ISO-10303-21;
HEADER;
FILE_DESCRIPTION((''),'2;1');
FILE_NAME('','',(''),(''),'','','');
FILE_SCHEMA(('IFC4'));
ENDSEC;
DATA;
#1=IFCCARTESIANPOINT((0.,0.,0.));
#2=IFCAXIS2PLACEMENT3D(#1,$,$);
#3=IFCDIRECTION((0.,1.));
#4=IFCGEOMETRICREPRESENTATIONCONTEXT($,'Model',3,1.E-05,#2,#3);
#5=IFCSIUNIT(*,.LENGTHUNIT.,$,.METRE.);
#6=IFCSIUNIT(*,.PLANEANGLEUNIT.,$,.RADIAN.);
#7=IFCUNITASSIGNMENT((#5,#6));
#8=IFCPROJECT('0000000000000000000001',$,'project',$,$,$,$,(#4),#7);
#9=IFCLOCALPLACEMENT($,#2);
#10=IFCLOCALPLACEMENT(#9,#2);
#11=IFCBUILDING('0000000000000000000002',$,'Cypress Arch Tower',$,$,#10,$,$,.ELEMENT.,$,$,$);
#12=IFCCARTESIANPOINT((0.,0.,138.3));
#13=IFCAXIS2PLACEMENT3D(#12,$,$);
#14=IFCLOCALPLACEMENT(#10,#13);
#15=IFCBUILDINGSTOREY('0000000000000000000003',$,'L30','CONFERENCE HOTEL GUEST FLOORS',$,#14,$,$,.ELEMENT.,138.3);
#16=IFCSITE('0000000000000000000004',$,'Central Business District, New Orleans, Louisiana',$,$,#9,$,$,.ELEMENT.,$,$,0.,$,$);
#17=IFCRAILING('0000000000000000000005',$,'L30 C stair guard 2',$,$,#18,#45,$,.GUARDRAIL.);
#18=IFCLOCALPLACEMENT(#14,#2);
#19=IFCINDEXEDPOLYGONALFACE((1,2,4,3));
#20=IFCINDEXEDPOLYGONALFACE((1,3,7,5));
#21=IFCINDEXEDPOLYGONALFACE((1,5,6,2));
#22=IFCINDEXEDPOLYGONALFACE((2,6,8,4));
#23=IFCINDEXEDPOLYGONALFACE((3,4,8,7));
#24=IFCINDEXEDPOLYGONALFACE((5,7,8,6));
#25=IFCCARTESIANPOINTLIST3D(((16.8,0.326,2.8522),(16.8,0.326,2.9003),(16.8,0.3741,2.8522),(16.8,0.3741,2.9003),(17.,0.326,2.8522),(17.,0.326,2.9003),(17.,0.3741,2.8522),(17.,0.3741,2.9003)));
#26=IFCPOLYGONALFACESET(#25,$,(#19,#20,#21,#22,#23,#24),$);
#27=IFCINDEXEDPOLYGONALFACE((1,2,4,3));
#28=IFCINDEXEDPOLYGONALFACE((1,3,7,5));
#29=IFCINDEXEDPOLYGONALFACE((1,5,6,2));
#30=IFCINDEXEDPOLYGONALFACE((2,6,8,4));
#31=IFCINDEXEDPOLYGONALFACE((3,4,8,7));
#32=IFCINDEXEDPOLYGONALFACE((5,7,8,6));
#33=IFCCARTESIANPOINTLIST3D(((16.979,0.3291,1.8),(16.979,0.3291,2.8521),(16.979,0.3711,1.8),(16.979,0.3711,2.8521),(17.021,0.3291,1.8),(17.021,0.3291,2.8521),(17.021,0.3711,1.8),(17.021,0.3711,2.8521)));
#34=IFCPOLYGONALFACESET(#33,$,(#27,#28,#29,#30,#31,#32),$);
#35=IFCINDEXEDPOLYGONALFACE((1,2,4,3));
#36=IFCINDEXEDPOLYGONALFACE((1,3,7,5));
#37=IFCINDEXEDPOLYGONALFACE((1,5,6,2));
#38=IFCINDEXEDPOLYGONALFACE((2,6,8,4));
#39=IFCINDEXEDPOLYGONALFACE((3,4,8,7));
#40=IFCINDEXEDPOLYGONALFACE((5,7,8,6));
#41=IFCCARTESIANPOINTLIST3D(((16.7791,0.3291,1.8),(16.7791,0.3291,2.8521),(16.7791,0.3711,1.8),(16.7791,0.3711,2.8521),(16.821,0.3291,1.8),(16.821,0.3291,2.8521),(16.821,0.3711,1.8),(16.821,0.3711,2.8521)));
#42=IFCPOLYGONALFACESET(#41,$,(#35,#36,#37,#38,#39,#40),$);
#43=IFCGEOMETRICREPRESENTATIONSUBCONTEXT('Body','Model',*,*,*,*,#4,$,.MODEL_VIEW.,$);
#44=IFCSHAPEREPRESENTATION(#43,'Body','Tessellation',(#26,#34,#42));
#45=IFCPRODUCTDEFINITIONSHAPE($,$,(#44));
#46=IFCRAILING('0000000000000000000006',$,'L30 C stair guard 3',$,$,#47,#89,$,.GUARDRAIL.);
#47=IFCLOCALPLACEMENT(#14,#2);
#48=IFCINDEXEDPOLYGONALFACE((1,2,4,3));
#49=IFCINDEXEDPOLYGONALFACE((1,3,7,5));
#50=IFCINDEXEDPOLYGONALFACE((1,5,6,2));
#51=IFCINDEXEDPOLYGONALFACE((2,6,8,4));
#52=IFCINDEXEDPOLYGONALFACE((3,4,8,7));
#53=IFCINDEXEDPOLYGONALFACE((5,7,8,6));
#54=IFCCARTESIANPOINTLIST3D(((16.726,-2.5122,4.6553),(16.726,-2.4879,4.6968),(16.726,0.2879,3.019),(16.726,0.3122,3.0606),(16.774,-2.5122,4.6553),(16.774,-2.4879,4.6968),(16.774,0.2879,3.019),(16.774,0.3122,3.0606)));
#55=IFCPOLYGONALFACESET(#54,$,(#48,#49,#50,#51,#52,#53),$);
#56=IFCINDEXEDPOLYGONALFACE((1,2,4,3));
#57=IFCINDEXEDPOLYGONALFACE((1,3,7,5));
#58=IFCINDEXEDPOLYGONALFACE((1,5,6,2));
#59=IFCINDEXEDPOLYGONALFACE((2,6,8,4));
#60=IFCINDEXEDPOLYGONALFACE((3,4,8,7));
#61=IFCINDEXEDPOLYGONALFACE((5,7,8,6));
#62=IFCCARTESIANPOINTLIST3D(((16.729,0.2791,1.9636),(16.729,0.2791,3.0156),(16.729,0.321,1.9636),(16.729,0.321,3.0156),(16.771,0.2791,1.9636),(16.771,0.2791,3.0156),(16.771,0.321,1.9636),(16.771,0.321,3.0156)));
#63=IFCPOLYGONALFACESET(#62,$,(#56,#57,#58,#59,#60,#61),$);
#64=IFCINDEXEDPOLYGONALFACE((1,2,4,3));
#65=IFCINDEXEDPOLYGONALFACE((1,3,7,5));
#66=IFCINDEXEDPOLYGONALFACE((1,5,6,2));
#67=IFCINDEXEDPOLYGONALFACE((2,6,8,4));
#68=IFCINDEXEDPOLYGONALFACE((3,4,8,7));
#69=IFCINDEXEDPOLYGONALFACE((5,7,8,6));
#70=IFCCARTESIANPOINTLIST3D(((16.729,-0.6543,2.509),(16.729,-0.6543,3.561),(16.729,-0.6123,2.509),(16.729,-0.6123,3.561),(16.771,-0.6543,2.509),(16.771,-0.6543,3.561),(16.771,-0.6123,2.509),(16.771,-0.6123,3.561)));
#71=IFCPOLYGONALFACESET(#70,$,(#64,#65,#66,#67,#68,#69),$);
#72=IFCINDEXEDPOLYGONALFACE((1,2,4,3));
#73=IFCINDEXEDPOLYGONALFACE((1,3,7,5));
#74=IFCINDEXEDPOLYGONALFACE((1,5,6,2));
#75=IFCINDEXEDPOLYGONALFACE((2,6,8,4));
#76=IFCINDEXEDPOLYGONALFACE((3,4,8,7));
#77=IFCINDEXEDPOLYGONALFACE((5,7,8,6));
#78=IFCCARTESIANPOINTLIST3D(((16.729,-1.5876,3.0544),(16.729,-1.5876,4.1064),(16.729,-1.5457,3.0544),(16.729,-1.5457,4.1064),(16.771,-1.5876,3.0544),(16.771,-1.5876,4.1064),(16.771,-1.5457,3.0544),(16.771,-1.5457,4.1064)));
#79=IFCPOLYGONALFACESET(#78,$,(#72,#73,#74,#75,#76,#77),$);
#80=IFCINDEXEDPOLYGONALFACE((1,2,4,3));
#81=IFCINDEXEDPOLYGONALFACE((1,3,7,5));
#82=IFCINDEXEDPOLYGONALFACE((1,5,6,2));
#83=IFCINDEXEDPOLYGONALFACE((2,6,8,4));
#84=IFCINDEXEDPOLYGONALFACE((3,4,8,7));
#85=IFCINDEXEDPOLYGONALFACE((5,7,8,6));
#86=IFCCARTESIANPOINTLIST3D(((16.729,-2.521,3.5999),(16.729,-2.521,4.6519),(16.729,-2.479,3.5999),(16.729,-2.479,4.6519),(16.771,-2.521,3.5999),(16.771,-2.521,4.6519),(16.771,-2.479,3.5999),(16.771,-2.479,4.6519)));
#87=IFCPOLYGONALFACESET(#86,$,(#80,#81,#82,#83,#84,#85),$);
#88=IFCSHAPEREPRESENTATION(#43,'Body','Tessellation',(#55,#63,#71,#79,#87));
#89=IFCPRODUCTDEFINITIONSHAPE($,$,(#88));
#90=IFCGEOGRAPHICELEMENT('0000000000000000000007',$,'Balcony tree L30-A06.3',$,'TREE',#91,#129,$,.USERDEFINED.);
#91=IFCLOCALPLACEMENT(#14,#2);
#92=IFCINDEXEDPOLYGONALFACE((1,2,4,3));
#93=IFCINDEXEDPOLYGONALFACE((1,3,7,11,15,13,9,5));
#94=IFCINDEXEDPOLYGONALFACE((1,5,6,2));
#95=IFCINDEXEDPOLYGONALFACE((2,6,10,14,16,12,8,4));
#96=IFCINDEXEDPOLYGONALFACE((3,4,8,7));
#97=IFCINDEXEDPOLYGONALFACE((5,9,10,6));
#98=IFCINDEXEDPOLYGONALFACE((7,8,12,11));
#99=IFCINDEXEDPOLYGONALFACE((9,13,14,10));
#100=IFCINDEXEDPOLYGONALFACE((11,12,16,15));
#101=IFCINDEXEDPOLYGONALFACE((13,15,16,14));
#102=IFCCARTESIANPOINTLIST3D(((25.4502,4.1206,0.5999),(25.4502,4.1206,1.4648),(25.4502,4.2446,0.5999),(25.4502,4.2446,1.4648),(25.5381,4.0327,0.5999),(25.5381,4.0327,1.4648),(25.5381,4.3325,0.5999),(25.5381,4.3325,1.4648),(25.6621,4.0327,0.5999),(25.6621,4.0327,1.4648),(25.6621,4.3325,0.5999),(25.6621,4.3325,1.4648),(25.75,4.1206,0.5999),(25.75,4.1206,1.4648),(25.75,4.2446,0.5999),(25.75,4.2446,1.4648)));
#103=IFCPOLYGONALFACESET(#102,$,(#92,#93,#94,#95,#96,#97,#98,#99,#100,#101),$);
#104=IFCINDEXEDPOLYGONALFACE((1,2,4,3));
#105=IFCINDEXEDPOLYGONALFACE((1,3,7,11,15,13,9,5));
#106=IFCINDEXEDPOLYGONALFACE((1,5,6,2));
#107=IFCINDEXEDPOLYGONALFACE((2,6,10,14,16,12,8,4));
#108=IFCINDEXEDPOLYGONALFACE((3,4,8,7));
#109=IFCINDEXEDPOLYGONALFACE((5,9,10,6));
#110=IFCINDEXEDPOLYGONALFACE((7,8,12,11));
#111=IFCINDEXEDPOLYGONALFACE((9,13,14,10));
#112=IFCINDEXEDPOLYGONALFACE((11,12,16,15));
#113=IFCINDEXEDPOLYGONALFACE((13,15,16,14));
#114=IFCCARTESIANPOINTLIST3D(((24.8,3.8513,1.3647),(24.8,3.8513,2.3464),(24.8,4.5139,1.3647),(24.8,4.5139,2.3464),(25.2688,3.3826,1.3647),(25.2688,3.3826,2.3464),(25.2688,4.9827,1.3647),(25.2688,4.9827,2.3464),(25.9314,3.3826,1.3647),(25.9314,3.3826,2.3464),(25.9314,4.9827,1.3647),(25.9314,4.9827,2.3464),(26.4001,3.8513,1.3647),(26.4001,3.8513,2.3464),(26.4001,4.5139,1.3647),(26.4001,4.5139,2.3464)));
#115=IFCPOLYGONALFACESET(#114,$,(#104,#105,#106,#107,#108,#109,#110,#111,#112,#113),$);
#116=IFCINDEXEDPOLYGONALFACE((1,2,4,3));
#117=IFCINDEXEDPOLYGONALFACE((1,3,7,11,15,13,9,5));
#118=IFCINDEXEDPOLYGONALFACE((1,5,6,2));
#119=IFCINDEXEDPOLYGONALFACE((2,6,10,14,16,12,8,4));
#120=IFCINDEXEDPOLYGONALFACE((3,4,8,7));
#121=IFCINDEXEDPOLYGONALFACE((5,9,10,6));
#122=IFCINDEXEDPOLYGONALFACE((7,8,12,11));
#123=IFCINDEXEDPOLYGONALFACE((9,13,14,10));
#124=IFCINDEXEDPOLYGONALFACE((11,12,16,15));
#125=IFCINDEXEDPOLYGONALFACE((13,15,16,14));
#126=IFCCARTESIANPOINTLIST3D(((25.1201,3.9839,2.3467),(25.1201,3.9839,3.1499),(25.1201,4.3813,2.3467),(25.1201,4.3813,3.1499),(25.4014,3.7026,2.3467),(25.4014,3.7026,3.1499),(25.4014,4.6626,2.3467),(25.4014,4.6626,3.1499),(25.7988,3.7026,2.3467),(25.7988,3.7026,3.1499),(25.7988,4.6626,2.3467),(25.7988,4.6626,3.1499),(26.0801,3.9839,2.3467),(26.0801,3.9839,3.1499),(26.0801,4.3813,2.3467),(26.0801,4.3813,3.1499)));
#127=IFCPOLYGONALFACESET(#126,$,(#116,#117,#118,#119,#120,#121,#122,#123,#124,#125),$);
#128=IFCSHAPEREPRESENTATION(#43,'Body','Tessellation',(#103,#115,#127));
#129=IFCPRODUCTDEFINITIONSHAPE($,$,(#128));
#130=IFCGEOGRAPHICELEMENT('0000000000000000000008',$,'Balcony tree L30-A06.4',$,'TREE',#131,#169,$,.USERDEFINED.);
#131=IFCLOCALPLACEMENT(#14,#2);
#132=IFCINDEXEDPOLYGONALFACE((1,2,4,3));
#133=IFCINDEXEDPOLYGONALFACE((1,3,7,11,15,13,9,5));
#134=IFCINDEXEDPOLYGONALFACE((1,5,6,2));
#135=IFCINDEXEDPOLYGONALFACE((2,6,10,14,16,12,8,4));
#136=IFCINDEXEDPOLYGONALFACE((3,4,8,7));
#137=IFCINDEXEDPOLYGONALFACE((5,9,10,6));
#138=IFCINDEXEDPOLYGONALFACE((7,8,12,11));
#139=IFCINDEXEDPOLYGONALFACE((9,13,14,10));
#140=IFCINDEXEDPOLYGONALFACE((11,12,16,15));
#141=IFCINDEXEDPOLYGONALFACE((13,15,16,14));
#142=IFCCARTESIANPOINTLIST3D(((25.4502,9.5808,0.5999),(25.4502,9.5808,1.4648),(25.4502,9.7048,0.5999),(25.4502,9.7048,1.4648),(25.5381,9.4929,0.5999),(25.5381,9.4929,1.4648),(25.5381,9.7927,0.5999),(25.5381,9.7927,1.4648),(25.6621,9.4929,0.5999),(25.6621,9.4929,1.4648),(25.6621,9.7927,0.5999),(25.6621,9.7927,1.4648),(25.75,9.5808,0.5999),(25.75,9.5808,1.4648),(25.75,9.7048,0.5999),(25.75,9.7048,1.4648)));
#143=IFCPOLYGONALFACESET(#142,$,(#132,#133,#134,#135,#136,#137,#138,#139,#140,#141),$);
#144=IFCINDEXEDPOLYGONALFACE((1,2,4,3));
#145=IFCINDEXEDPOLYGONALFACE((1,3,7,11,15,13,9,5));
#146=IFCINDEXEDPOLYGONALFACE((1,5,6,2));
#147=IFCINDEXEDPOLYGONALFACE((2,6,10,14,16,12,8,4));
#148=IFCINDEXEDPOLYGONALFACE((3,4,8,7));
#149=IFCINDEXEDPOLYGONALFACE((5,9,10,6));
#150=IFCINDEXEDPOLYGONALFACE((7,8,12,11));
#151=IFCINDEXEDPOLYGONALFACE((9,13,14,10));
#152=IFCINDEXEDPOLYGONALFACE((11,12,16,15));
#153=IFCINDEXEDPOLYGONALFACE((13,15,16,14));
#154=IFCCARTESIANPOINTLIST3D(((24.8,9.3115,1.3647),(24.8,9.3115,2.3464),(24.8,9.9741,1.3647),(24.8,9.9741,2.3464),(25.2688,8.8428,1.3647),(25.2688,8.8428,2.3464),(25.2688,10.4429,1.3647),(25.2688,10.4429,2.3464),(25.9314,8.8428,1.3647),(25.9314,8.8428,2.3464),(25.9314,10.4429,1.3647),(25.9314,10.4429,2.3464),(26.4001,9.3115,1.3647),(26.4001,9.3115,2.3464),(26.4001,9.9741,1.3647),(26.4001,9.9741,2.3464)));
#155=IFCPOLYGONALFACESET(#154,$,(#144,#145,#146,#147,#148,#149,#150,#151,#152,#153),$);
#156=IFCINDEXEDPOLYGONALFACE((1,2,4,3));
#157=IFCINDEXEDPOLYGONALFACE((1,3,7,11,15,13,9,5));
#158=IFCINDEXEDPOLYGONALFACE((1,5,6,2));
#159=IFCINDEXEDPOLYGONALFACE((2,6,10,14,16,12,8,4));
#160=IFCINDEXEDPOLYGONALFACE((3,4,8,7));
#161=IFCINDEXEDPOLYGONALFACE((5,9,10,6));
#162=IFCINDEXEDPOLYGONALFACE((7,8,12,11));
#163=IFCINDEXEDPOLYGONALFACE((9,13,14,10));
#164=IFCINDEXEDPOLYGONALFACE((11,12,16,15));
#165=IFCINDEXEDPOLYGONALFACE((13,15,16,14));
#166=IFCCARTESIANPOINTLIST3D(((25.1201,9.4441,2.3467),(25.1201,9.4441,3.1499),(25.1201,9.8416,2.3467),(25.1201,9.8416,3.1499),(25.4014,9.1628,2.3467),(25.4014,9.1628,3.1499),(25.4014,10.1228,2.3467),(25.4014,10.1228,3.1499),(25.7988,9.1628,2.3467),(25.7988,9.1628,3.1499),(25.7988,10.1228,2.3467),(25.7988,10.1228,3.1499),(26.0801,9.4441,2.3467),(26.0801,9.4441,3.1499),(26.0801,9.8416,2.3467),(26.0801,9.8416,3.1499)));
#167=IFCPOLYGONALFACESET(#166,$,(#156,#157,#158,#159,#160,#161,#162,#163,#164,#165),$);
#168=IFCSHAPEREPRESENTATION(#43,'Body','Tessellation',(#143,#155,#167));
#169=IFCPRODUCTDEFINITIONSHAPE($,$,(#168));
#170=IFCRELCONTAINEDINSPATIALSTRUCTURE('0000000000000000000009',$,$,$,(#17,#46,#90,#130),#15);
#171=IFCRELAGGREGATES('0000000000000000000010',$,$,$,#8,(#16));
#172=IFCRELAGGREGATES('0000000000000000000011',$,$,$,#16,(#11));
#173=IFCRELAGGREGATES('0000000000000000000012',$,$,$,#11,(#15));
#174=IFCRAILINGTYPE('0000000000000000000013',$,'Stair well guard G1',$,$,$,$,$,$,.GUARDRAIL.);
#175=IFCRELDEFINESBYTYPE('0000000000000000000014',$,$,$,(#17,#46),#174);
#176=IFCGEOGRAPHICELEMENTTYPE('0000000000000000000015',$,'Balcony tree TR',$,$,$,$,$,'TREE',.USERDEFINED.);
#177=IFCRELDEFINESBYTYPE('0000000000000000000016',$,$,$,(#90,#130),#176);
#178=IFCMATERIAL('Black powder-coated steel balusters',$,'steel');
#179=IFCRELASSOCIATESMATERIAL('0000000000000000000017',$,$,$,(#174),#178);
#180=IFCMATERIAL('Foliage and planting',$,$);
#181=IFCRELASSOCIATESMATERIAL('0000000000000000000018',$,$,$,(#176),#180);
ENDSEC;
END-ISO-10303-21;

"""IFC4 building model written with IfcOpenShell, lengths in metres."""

from ifc_helpers import new_model, si_unit, direction, frame, origin, origin_2d, place, context, subcontext, project, spatial, polyline, rectangle, outline, extrude, material, type_object, element, save


model = new_model("IFC4")

# Units and contexts
model_context = context("Model", 3, precision=1e-05, world=origin(), true_north=direction((0.0, 1.0)))
body_context = subcontext(model_context, "Body", "Model", "MODEL_VIEW")
ifc_project = project(units=[si_unit("LENGTHUNIT", "METRE"), si_unit("PLANEANGLEUNIT", "RADIAN")], contexts=[model_context])

# Site, building, storey
site_placement = place(None, origin())
site = spatial("IfcSite", under=ifc_project, at=site_placement, Name="Central Business District, New Orleans, Louisiana", CompositionType="ELEMENT", RefElevation=0.0)
building_placement = place(site_placement, origin())
building = spatial("IfcBuilding", under=site, at=building_placement, Name="Cypress Arch Tower", CompositionType="ELEMENT")
storey_placement = place(building_placement, frame((0.0, 0.0, 138.3)))
storey = spatial("IfcBuildingStorey", under=building, at=storey_placement, Name="L30", Description="CONFERENCE HOTEL GUEST FLOORS", CompositionType="ELEMENT", Elevation=138.3)

# Railings
ifc_material_1 = material(Name="Black powder-coated steel balusters", Category="steel")
railing_type_1 = type_object("IfcRailingType", Name="Stair well guard G1", PredefinedType="GUARDRAIL", material=ifc_material_1)
railing_1_placement = place(storey_placement, frame((17.0, 0.3501, 1.8)))
element("IfcRailing", 1, at=railing_1_placement, inside=storey, type_object=railing_type_1, Name="L30 C stair guard 2", PredefinedType="GUARDRAIL", context=body_context, shape_type="SweptSolid", body=[
    extrude(rectangle(XDim=0.0481, YDim=0.0481, at=origin_2d()), frame((0.0, 0.0, 1.0762), z_axis=(-1.0, 0.0, 0.0), x_axis=(0.0, -1.0, 0.0)), (0.0, 0.0, 1.0), 0.2),
    extrude(rectangle(XDim=0.042, YDim=0.042, at=origin_2d()), origin(), (0.0, 0.0, 1.0), 1.052),
    extrude(rectangle(XDim=0.042, YDim=0.042, at=origin_2d()), frame((-0.2, 0.0, 0.0)), (0.0, 0.0, 1.0), 1.052),
])
railing_2_placement = place(storey_placement, frame((16.75, 0.3, 1.9636)))
element("IfcRailing", 2, at=railing_2_placement, inside=storey, type_object=railing_type_1, Name="L30 C stair guard 3", PredefinedType="GUARDRAIL", context=body_context, shape_type="SweptSolid", body=[
    extrude(rectangle(XDim=0.0481, YDim=0.0481, at=origin_2d()), frame((0.0, 0.0, 1.0762), z_axis=(0.0, -0.863394, 0.504531), x_axis=(1.0, 0.0, 0.0)), (0.0, 0.0, 1.0), 3.2432),
    extrude(rectangle(XDim=0.042, YDim=0.042, at=origin_2d()), origin(), (0.0, 0.0, 1.0), 1.052),
    extrude(rectangle(XDim=0.042, YDim=0.042, at=origin_2d()), frame((0.0, -0.9333, 0.5454)), (0.0, 0.0, 1.0), 1.052),
    extrude(rectangle(XDim=0.042, YDim=0.042, at=origin_2d()), frame((0.0, -1.8667, 1.0908)), (0.0, 0.0, 1.0), 1.052),
    extrude(rectangle(XDim=0.042, YDim=0.042, at=origin_2d()), frame((0.0, -2.8, 1.6362)), (0.0, 0.0, 1.0), 1.052),
])

# Geographic elements
ifc_material_2 = material(Name="Foliage and planting")
geographic_element_type = type_object("IfcGeographicElementType", Name="Balcony tree TR", ElementType="TREE", PredefinedType="USERDEFINED", material=ifc_material_2)
for number, where, z_axis, x_axis, name in (
    (3, (25.6001, 4.1826, 0.5999), (0.0, 0.0, 1.0), (1.0, 0.0, 0.0), "Balcony tree L30-A06.3"),
    (4, (25.6001, 9.6428, 0.5999), (0.0, 0.0, 1.0), (1.0, 0.0, 0.0), "Balcony tree L30-A06.4"),
):
    element("IfcGeographicElement", number, at=place(storey_placement, frame(where, z_axis=z_axis, x_axis=x_axis)), inside=storey, type_object=geographic_element_type, Name=name, ObjectType="TREE", PredefinedType="USERDEFINED", context=body_context, shape_type="SweptSolid", body=[
        extrude(outline(polyline([(0.1499, 0.062), (0.062, 0.1499), (-0.062, 0.1499), (-0.1499, 0.062), (-0.1499, -0.062), (-0.062, -0.1499), (0.062, -0.1499), (0.1499, -0.062), (0.1499, 0.062)])), origin(), (0.0, 0.0, 1.0), 0.865),
        extrude(outline(polyline([(0.8, 0.3313), (0.3313, 0.8), (-0.3313, 0.8), (-0.8, 0.3313), (-0.8, -0.3313), (-0.3313, -0.8), (0.3313, -0.8), (0.8, -0.3313), (0.8, 0.3313)])), frame((0.0, 0.0, 0.7649)), (0.0, 0.0, 1.0), 0.9817),
        extrude(outline(polyline([(0.48, 0.1987), (0.1987, 0.48), (-0.1987, 0.48), (-0.48, 0.1987), (-0.48, -0.1987), (-0.1987, -0.48), (0.1987, -0.48), (0.48, -0.1987), (0.48, 0.1987)])), frame((0.0, 0.0, 1.7468)), (0.0, 0.0, 1.0), 0.8032),
    ])

save(model, "model.ifc")
